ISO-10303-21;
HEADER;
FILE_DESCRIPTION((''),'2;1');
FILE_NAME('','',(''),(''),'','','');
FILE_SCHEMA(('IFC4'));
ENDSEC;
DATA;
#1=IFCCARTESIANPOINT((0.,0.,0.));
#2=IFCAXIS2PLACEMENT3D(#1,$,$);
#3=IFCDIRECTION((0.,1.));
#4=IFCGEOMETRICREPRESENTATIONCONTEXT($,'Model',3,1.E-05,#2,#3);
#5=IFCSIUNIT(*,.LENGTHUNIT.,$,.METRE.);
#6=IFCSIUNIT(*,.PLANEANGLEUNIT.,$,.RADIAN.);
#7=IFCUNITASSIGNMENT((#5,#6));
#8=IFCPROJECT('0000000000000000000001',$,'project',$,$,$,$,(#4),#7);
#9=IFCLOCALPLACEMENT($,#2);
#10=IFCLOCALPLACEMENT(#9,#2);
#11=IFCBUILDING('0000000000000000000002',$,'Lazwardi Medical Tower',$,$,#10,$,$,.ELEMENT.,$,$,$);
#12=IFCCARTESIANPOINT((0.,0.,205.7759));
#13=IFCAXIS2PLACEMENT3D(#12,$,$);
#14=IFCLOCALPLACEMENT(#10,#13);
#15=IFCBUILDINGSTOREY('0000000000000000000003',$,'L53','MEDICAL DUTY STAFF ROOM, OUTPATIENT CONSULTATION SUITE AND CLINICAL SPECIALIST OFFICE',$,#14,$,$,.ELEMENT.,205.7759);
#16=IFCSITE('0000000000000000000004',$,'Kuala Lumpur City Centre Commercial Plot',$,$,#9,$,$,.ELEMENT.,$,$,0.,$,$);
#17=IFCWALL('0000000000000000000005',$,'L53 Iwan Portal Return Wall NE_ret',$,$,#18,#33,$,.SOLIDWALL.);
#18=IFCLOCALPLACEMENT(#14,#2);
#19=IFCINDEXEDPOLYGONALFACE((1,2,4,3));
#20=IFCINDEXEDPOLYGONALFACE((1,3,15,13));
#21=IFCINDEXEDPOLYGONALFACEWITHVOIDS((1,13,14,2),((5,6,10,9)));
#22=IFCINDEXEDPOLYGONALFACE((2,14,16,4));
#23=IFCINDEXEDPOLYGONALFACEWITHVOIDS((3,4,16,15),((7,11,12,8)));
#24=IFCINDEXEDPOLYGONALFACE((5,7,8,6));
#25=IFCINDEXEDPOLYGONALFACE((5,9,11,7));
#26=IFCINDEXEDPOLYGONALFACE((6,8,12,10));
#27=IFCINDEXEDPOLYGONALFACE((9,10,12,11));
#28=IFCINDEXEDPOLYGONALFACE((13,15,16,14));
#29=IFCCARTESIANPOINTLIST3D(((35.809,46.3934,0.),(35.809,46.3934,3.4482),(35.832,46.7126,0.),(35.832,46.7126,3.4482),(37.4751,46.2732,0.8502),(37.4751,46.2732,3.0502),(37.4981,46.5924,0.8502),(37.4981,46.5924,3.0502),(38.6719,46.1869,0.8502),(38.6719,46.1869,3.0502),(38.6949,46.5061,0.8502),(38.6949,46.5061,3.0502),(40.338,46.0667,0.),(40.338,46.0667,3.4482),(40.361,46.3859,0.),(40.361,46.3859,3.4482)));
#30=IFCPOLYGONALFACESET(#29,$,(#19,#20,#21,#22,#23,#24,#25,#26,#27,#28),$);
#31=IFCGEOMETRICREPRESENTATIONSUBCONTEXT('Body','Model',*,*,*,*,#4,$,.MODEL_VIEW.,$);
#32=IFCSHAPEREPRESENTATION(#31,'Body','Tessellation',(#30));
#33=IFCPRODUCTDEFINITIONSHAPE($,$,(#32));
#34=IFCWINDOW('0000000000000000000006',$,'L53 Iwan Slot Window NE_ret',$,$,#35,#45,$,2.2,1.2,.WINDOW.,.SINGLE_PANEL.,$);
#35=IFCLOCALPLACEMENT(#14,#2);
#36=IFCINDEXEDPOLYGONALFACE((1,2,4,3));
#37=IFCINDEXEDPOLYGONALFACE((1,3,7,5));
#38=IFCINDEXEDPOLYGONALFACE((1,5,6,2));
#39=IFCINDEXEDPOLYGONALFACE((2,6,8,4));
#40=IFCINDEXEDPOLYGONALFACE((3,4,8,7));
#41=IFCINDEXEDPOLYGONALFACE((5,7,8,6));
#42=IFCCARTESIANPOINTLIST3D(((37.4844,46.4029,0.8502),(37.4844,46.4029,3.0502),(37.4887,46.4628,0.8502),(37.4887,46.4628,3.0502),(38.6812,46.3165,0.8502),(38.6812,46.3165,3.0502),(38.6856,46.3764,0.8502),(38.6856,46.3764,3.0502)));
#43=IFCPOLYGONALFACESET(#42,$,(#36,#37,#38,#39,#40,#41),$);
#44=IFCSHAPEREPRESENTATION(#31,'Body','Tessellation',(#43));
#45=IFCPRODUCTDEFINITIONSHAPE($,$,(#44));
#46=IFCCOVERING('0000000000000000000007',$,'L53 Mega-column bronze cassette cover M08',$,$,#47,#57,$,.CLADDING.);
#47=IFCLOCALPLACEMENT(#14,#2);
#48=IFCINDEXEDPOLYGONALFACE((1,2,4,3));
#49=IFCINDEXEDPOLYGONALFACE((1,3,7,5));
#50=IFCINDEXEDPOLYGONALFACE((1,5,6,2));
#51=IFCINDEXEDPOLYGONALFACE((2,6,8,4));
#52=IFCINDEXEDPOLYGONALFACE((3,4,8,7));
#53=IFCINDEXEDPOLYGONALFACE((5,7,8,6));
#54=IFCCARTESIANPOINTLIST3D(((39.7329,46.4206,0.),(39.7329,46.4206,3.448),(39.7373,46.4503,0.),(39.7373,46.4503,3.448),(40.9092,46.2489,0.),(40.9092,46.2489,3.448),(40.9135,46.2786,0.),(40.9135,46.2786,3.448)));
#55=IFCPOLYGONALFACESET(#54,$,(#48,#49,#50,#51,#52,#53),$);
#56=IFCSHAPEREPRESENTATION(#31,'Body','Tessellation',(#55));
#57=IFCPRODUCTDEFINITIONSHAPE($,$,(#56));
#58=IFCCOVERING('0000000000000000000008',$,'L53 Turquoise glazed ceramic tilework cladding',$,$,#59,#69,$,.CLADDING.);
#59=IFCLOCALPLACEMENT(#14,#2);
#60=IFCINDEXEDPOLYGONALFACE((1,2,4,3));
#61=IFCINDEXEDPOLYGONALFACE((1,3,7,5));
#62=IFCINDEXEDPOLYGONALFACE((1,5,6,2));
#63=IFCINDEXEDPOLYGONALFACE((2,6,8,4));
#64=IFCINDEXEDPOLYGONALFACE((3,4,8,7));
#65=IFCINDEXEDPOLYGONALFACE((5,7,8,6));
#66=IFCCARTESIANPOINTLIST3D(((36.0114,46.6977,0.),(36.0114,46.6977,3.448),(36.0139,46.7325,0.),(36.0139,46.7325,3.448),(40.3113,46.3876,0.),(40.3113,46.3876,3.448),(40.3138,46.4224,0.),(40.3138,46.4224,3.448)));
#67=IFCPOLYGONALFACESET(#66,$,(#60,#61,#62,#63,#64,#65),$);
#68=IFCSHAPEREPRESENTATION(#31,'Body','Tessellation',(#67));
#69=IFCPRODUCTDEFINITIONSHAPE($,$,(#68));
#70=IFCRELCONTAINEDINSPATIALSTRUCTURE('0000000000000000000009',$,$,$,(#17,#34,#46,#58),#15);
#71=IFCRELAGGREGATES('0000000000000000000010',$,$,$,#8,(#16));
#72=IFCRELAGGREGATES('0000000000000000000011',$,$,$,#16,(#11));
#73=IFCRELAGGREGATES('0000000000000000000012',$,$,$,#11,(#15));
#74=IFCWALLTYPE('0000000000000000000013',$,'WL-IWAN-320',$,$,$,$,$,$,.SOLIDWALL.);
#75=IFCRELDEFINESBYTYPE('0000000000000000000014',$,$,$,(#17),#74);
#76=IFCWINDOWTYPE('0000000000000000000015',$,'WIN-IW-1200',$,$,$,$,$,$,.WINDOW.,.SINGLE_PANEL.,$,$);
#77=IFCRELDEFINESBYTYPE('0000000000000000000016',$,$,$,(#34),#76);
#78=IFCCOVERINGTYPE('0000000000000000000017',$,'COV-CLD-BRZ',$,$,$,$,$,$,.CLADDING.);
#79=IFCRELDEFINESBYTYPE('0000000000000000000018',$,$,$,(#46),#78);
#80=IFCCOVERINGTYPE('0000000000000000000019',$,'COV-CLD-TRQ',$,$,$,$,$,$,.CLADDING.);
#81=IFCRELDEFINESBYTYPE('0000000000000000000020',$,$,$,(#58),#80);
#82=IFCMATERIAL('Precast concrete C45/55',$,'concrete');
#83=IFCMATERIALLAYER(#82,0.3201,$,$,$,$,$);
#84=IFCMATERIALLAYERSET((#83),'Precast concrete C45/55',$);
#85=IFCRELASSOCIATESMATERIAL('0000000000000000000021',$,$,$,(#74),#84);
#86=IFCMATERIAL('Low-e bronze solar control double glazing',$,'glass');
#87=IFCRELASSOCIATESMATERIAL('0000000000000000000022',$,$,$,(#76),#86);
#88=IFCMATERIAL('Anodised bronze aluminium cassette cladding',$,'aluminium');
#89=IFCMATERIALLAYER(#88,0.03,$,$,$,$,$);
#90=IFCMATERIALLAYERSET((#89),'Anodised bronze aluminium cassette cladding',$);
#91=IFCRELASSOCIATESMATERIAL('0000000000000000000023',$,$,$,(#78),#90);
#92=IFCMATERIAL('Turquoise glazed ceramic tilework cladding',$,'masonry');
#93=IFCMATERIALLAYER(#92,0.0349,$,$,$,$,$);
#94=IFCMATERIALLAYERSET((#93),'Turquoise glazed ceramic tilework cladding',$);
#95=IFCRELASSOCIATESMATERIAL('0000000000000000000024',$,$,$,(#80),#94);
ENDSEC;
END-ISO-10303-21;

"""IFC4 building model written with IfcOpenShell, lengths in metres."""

from ifc_helpers import new_model, si_unit, direction, frame, frame_2d, origin, origin_2d, place, context, subcontext, project, spatial, rectangle, extrude, material, layer, layer_set, type_object, element, fill, save


model = new_model("IFC4")

# Units and contexts
model_context = context("Model", 3, precision=1e-05, world=origin(), true_north=direction((0.0, 1.0)))
body_context = subcontext(model_context, "Body", "Model", "MODEL_VIEW")
ifc_project = project(units=[si_unit("LENGTHUNIT", "METRE"), si_unit("PLANEANGLEUNIT", "RADIAN")], contexts=[model_context])

# Site, building, storey
site_placement = place(None, origin())
site = spatial("IfcSite", under=ifc_project, at=site_placement, Name="Kuala Lumpur City Centre Commercial Plot", CompositionType="ELEMENT", RefElevation=0.0)
building_placement = place(site_placement, origin())
building = spatial("IfcBuilding", under=site, at=building_placement, Name="Lazwardi Medical Tower", CompositionType="ELEMENT")
storey_placement = place(building_placement, frame((0.0, 0.0, 205.7759)))
storey = spatial("IfcBuildingStorey", under=building, at=storey_placement, Name="L53", Description="MEDICAL DUTY STAFF ROOM, OUTPATIENT CONSULTATION SUITE AND CLINICAL SPECIALIST OFFICE", CompositionType="ELEMENT", Elevation=205.7759)

# Shared definitions
ifc_material_1 = material(Name="Low-e bronze solar control double glazing", Category="glass")

# Wall, opening, window
ifc_material_2 = material(Name="Precast concrete C45/55", Category="concrete")
ifc_layer_1 = layer(ifc_material_2, 0.3201)
ifc_layer_set_1 = layer_set([ifc_layer_1], Name="Precast concrete C45/55")
wall_type = type_object("IfcWallType", Name="WL-IWAN-320", PredefinedType="SOLIDWALL", material=ifc_layer_set_1)
wall_placement = place(storey_placement, frame((40.3496, 46.2263, 0.0), z_axis=(0.0, 0.0, 1.0), x_axis=(-0.997409, 0.071939, 0.0)))
wall = element("IfcWall", 1, at=wall_placement, inside=storey, type_object=wall_type, Name="L53 Iwan Portal Return Wall NE_ret", PredefinedType="SOLIDWALL", context=body_context, shape_type="SweptSolid", body=[
    extrude(rectangle(XDim=4.5408, YDim=0.3201, at=frame_2d((2.2705, 0.0))), origin(), (0.0, 0.0, 1.0), 3.4482),
])
opening_placement = place(wall_placement, frame((1.6704, 0.0, 0.8501)))
opening = element("IfcOpeningElement", 2, at=opening_placement, cuts=wall, PredefinedType="OPENING", context=body_context, shape_type="SweptSolid", body=[
    extrude(rectangle(XDim=1.2, YDim=2.2, at=frame_2d((0.6001, 1.1001))), frame((0.0, 0.1699, 0.0), z_axis=(0.0, -1.0, 0.0), x_axis=(1.0, 0.0, 0.0)), (0.0, 0.0, 1.0), 0.3401),
])
window_type = type_object("IfcWindowType", Name="WIN-IW-1200", PartitioningType="SINGLE_PANEL", PredefinedType="WINDOW", material=ifc_material_1)
window_placement = place(opening_placement, origin())
window = element("IfcWindow", 3, at=window_placement, inside=storey, type_object=window_type, Name="L53 Iwan Slot Window NE_ret", OverallHeight=2.2, OverallWidth=1.2, PartitioningType="SINGLE_PANEL", PredefinedType="WINDOW", context=body_context, shape_type="SweptSolid", body=[
    extrude(rectangle(XDim=1.2, YDim=2.2, at=frame_2d((0.6001, 1.1001))), frame((0.0, 0.03, 0.0), z_axis=(0.0, -1.0, 0.0), x_axis=(1.0, 0.0, 0.0)), (0.0, 0.0, 1.0), 0.0601),
])
fill(opening, window)

# Coverings
ifc_material_3 = material(Name="Anodised bronze aluminium cassette cladding", Category="aluminium")
ifc_layer_2 = layer(ifc_material_3, 0.03)
ifc_layer_set_2 = layer_set([ifc_layer_2], Name="Anodised bronze aluminium cassette cladding")
covering_type_1 = type_object("IfcCoveringType", Name="COV-CLD-BRZ", PredefinedType="CLADDING", material=ifc_layer_set_2)
covering_1_placement = place(storey_placement, frame((40.3232, 46.3496, 0.0), z_axis=(0.0, 0.0, 1.0), x_axis=(-0.989512, 0.144448, 0.0)))
element("IfcCovering", 4, at=covering_1_placement, inside=storey, type_object=covering_type_1, Name="L53 Mega-column bronze cassette cover M08", PredefinedType="CLADDING", context=body_context, shape_type="SweptSolid", body=[
    extrude(rectangle(XDim=1.1887, YDim=0.03, at=origin_2d()), origin(), (0.0, 0.0, 1.0), 3.448),
])
ifc_material_4 = material(Name="Turquoise glazed ceramic tilework cladding", Category="masonry")
ifc_layer_3 = layer(ifc_material_4, 0.0349)
ifc_layer_set_3 = layer_set([ifc_layer_3], Name="Turquoise glazed ceramic tilework cladding")
covering_type_2 = type_object("IfcCoveringType", Name="COV-CLD-TRQ", PredefinedType="CLADDING", material=ifc_layer_set_3)
covering_2_placement = place(storey_placement, frame((38.1626, 46.5601, 0.0), z_axis=(0.0, 0.0, 1.0), x_axis=(-0.997409, 0.071933, 0.0)))
element("IfcCovering", 5, at=covering_2_placement, inside=storey, type_object=covering_type_2, Name="L53 Turquoise glazed ceramic tilework cladding", PredefinedType="CLADDING", context=body_context, shape_type="SweptSolid", body=[
    extrude(rectangle(XDim=4.311, YDim=0.0349, at=origin_2d()), origin(), (0.0, 0.0, 1.0), 3.448),
])

save(model, "model.ifc")
